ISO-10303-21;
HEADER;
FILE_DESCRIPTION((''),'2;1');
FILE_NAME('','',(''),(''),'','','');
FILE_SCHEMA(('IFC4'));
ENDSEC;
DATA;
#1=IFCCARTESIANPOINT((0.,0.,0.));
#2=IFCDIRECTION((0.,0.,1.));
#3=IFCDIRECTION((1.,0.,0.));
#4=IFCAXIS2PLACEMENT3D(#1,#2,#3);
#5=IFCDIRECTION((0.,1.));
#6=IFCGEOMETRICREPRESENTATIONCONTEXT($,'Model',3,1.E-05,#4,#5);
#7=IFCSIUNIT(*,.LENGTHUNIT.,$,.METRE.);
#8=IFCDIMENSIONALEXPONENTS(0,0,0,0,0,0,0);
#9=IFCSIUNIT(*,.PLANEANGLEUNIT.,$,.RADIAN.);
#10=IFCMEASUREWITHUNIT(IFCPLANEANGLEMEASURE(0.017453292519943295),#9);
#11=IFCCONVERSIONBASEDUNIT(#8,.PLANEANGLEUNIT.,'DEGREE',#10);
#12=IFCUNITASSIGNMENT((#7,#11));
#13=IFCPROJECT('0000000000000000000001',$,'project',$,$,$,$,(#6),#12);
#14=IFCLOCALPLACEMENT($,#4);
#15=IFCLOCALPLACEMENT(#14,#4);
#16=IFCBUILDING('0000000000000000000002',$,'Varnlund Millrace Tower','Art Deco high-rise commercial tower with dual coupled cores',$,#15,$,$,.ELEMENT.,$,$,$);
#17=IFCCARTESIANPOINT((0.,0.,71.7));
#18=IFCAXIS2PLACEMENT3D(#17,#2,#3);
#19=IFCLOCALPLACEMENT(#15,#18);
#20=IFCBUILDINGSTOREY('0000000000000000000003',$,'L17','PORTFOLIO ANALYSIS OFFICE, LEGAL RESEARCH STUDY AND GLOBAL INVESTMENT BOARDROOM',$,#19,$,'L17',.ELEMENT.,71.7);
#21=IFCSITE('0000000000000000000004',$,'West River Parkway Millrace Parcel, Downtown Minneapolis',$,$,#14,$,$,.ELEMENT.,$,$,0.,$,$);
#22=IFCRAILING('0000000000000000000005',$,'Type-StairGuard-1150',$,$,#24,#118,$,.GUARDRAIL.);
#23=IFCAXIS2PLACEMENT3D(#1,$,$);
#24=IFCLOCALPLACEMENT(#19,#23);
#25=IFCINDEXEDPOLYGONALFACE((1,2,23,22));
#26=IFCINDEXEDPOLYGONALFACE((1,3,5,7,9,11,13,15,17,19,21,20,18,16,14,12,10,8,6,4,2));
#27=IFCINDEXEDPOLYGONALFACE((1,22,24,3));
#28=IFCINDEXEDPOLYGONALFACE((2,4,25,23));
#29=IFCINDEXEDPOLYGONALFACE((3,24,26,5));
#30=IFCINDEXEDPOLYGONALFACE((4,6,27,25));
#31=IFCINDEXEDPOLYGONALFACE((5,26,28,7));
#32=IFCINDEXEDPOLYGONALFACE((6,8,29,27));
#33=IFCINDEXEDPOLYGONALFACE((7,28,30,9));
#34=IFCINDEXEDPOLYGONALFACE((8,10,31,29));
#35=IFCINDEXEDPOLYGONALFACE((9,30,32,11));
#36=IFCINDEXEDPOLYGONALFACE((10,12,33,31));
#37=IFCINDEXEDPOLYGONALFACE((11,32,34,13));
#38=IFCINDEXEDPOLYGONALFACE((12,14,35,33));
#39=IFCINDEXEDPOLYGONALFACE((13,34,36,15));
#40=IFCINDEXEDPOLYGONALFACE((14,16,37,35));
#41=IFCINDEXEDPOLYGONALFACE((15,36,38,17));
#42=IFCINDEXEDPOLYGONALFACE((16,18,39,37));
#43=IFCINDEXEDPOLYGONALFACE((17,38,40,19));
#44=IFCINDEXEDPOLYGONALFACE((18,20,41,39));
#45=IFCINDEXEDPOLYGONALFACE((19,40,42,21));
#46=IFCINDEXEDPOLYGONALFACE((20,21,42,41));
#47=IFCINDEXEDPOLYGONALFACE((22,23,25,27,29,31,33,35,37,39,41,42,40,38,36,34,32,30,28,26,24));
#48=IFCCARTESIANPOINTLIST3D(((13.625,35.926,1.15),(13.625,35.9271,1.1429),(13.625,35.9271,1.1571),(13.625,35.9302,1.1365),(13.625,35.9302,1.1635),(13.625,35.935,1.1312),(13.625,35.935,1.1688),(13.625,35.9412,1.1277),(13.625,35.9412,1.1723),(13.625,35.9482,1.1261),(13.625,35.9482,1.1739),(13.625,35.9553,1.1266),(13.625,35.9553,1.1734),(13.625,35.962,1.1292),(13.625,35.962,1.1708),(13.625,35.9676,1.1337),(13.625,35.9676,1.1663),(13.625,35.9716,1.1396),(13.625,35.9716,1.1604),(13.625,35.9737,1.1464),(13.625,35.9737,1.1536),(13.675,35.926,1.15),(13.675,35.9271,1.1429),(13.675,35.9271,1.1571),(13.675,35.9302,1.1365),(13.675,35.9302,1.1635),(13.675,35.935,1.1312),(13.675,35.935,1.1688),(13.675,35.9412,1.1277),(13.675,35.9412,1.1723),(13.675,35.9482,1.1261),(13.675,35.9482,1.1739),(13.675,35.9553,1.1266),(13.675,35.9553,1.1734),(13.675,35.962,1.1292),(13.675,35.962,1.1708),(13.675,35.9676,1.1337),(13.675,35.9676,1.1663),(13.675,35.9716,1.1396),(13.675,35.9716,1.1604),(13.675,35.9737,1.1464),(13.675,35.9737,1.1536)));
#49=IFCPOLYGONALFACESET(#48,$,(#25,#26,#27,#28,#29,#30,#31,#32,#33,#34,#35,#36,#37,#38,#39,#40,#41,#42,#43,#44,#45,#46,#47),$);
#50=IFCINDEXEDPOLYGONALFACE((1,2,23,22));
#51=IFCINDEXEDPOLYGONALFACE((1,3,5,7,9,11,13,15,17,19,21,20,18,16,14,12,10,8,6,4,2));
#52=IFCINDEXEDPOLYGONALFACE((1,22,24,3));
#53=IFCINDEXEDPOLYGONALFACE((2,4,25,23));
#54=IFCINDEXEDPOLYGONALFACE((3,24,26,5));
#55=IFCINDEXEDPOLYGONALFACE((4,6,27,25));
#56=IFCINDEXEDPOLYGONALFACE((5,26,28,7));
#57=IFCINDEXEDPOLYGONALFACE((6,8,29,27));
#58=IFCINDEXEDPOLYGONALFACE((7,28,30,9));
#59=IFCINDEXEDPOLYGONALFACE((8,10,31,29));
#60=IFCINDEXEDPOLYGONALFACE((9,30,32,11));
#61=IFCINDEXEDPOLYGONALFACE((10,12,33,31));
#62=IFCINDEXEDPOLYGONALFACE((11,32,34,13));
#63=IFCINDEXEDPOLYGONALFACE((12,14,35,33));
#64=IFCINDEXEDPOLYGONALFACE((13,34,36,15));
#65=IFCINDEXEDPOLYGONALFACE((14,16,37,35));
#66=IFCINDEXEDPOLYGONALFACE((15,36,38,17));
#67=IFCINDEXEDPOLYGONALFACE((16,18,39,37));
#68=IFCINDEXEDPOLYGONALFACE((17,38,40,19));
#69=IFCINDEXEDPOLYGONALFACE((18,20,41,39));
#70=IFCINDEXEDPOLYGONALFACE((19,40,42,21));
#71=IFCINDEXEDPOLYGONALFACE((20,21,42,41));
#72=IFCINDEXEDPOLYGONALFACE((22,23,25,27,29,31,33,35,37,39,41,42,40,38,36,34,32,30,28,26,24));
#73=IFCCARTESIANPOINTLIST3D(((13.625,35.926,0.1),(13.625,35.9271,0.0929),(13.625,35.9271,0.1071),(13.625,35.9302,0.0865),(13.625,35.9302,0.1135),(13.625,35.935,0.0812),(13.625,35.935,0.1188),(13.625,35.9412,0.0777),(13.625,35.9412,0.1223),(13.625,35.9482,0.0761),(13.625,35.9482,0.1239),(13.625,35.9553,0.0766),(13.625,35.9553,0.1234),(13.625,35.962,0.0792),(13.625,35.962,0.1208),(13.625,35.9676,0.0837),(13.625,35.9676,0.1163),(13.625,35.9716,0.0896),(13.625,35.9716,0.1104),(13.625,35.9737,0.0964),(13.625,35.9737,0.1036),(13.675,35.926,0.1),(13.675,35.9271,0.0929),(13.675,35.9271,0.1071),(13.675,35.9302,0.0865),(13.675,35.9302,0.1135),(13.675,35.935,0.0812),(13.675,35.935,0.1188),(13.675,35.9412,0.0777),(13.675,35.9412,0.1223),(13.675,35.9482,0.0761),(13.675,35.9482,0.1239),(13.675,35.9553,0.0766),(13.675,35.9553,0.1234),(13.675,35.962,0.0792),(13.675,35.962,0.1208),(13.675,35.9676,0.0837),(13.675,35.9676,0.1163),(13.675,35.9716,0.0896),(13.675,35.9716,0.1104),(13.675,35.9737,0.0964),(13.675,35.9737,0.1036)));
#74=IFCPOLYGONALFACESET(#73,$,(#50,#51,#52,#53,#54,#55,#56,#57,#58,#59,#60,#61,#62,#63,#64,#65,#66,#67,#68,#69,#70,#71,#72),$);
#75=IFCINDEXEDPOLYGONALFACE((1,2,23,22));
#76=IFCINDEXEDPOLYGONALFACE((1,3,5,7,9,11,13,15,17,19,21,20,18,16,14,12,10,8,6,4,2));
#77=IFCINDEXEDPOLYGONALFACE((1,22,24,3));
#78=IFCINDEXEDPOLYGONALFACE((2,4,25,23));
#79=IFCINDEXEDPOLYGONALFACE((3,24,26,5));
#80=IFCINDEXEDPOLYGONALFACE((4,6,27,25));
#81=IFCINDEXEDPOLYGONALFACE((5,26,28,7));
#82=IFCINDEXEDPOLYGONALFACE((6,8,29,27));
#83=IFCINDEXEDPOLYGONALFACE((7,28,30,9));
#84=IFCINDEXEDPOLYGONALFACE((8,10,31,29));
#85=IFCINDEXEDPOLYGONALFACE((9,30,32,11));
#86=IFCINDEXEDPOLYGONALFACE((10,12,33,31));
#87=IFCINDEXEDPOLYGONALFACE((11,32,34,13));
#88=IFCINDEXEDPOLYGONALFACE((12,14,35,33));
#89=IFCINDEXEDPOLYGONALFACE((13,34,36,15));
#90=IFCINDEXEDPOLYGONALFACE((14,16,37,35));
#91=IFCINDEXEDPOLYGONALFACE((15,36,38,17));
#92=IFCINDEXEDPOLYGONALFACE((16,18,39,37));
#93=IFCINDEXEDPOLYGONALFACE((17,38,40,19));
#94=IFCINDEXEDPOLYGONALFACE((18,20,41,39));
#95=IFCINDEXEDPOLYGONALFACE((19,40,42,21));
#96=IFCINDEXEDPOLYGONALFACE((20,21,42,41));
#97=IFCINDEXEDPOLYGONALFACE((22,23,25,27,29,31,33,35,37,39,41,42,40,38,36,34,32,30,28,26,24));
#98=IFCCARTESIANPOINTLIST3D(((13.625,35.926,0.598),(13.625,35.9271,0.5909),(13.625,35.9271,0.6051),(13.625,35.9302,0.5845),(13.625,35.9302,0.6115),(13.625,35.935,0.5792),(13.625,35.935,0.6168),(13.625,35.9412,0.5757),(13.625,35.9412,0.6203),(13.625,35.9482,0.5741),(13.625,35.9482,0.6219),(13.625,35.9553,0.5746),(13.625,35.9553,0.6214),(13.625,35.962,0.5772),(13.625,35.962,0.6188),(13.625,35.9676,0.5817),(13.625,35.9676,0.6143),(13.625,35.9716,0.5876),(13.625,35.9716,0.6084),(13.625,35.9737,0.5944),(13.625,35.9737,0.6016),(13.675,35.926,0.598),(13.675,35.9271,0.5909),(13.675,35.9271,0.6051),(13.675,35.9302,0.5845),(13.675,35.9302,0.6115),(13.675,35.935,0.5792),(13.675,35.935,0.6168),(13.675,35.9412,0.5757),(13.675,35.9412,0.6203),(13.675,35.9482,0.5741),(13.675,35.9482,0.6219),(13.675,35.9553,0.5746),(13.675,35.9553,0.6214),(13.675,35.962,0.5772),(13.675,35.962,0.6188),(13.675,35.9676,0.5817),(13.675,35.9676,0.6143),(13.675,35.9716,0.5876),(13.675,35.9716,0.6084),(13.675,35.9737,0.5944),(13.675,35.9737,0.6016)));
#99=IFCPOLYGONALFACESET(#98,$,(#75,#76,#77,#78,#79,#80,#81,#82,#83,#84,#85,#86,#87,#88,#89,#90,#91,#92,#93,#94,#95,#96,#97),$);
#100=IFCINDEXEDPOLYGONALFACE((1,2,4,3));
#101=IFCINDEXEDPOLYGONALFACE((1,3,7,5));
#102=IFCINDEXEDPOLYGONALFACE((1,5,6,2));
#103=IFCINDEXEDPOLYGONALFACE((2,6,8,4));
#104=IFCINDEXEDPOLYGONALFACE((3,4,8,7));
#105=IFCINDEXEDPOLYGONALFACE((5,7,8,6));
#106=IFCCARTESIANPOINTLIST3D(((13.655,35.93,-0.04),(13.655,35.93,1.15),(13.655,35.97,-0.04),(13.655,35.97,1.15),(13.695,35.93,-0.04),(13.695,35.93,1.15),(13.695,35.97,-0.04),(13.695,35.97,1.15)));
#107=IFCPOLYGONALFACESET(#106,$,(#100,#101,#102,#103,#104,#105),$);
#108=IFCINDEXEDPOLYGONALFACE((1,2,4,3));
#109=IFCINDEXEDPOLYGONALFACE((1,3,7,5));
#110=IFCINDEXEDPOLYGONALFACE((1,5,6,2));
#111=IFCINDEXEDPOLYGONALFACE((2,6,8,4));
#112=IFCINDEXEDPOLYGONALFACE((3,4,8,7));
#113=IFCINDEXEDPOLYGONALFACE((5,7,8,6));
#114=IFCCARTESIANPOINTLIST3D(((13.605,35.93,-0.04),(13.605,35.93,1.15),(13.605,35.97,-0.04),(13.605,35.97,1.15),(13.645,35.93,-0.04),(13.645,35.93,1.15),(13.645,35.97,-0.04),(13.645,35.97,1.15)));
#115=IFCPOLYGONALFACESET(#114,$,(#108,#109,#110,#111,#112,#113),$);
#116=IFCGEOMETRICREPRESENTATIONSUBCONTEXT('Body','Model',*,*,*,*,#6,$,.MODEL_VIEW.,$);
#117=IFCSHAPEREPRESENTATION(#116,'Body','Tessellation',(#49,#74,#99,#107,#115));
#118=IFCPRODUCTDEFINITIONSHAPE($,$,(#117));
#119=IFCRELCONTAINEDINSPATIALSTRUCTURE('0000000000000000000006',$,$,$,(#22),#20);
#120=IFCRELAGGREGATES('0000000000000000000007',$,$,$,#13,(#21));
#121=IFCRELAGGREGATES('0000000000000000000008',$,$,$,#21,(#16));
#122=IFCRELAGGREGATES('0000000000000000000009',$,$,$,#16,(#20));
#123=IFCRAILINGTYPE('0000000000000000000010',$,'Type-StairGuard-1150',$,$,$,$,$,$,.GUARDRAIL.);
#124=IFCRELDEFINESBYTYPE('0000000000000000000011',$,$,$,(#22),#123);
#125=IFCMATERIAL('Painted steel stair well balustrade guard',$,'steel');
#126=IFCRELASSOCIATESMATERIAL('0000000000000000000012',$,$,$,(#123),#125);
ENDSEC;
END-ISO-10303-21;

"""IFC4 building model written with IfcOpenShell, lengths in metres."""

from ifc_helpers import new_model, entity, si_unit, converted_unit, direction, frame, origin_with_axes, origin_2d_with_axis, place, context, subcontext, project, spatial, rectangle, circle, extrude, material, type_object, element, save


model = new_model("IFC4")

# Units and contexts
model_context = context("Model", 3, precision=1e-05, world=origin_with_axes(), true_north=direction((0.0, 1.0)))
body_context = subcontext(model_context, "Body", "Model", "MODEL_VIEW")
ifc_project = project(units=[si_unit("LENGTHUNIT", "METRE"), converted_unit("PLANEANGLEUNIT", "DEGREE", entity("IfcPlaneAngleMeasure", 0.017453292519943295), si_unit("PLANEANGLEUNIT", "RADIAN"), dimensions=[0, 0, 0, 0, 0, 0, 0])], contexts=[model_context])

# Site, building, storey
site_placement = place(None, origin_with_axes())
site = spatial("IfcSite", under=ifc_project, at=site_placement, Name="West River Parkway Millrace Parcel, Downtown Minneapolis", CompositionType="ELEMENT", RefElevation=0.0)
building_placement = place(site_placement, origin_with_axes())
building = spatial("IfcBuilding", under=site, at=building_placement, Name="Varnlund Millrace Tower", Description="Art Deco high-rise commercial tower with dual coupled cores", CompositionType="ELEMENT")
storey_placement = place(building_placement, frame((0.0, 0.0, 71.7), z_axis=(0.0, 0.0, 1.0), x_axis=(1.0, 0.0, 0.0)))
storey = spatial("IfcBuildingStorey", under=building, at=storey_placement, Name="L17", Description="PORTFOLIO ANALYSIS OFFICE, LEGAL RESEARCH STUDY AND GLOBAL INVESTMENT BOARDROOM", LongName="L17", CompositionType="ELEMENT", Elevation=71.7)

# Railing
ifc_material_1 = material(Name="Painted steel stair well balustrade guard", Category="steel")
railing_type_1 = type_object("IfcRailingType", Name="Type-StairGuard-1150", PredefinedType="GUARDRAIL", material=ifc_material_1)
railing_1_placement = place(storey_placement, frame((0.0, 0.0, -71.7), z_axis=(0.0, 0.0, 1.0), x_axis=(1.0, 0.0, 0.0)))
element("IfcRailing", 1, at=railing_1_placement, inside=storey, type_object=railing_type_1, Name="Type-StairGuard-1150", PredefinedType="GUARDRAIL", context=body_context, shape_type="SweptSolid", body=[
    extrude(circle(Radius=0.024, at=origin_2d_with_axis()), frame((13.675, 35.95, 72.85), z_axis=(-1.0, 0.0, 0.0), x_axis=(0.0, -1.0, 0.0)), (0.0, 0.0, 1.0), 0.05),
    extrude(circle(Radius=0.024, at=origin_2d_with_axis()), frame((13.675, 35.95, 71.8), z_axis=(-1.0, 0.0, 0.0), x_axis=(0.0, -1.0, 0.0)), (0.0, 0.0, 1.0), 0.05),
    extrude(circle(Radius=0.024, at=origin_2d_with_axis()), frame((13.675, 35.95, 72.298), z_axis=(-1.0, 0.0, 0.0), x_axis=(0.0, -1.0, 0.0)), (0.0, 0.0, 1.0), 0.05),
    extrude(rectangle(XDim=0.04, YDim=0.04, at=origin_2d_with_axis()), frame((13.675, 35.95, 71.66), z_axis=(0.0, 0.0, 1.0), x_axis=(1.0, 0.0, 0.0)), (0.0, 0.0, 1.0), 1.19),
    extrude(rectangle(XDim=0.04, YDim=0.04, at=origin_2d_with_axis()), frame((13.625, 35.95, 71.66), z_axis=(0.0, 0.0, 1.0), x_axis=(1.0, 0.0, 0.0)), (0.0, 0.0, 1.0), 1.19),
])

save(model, "model.ifc")
